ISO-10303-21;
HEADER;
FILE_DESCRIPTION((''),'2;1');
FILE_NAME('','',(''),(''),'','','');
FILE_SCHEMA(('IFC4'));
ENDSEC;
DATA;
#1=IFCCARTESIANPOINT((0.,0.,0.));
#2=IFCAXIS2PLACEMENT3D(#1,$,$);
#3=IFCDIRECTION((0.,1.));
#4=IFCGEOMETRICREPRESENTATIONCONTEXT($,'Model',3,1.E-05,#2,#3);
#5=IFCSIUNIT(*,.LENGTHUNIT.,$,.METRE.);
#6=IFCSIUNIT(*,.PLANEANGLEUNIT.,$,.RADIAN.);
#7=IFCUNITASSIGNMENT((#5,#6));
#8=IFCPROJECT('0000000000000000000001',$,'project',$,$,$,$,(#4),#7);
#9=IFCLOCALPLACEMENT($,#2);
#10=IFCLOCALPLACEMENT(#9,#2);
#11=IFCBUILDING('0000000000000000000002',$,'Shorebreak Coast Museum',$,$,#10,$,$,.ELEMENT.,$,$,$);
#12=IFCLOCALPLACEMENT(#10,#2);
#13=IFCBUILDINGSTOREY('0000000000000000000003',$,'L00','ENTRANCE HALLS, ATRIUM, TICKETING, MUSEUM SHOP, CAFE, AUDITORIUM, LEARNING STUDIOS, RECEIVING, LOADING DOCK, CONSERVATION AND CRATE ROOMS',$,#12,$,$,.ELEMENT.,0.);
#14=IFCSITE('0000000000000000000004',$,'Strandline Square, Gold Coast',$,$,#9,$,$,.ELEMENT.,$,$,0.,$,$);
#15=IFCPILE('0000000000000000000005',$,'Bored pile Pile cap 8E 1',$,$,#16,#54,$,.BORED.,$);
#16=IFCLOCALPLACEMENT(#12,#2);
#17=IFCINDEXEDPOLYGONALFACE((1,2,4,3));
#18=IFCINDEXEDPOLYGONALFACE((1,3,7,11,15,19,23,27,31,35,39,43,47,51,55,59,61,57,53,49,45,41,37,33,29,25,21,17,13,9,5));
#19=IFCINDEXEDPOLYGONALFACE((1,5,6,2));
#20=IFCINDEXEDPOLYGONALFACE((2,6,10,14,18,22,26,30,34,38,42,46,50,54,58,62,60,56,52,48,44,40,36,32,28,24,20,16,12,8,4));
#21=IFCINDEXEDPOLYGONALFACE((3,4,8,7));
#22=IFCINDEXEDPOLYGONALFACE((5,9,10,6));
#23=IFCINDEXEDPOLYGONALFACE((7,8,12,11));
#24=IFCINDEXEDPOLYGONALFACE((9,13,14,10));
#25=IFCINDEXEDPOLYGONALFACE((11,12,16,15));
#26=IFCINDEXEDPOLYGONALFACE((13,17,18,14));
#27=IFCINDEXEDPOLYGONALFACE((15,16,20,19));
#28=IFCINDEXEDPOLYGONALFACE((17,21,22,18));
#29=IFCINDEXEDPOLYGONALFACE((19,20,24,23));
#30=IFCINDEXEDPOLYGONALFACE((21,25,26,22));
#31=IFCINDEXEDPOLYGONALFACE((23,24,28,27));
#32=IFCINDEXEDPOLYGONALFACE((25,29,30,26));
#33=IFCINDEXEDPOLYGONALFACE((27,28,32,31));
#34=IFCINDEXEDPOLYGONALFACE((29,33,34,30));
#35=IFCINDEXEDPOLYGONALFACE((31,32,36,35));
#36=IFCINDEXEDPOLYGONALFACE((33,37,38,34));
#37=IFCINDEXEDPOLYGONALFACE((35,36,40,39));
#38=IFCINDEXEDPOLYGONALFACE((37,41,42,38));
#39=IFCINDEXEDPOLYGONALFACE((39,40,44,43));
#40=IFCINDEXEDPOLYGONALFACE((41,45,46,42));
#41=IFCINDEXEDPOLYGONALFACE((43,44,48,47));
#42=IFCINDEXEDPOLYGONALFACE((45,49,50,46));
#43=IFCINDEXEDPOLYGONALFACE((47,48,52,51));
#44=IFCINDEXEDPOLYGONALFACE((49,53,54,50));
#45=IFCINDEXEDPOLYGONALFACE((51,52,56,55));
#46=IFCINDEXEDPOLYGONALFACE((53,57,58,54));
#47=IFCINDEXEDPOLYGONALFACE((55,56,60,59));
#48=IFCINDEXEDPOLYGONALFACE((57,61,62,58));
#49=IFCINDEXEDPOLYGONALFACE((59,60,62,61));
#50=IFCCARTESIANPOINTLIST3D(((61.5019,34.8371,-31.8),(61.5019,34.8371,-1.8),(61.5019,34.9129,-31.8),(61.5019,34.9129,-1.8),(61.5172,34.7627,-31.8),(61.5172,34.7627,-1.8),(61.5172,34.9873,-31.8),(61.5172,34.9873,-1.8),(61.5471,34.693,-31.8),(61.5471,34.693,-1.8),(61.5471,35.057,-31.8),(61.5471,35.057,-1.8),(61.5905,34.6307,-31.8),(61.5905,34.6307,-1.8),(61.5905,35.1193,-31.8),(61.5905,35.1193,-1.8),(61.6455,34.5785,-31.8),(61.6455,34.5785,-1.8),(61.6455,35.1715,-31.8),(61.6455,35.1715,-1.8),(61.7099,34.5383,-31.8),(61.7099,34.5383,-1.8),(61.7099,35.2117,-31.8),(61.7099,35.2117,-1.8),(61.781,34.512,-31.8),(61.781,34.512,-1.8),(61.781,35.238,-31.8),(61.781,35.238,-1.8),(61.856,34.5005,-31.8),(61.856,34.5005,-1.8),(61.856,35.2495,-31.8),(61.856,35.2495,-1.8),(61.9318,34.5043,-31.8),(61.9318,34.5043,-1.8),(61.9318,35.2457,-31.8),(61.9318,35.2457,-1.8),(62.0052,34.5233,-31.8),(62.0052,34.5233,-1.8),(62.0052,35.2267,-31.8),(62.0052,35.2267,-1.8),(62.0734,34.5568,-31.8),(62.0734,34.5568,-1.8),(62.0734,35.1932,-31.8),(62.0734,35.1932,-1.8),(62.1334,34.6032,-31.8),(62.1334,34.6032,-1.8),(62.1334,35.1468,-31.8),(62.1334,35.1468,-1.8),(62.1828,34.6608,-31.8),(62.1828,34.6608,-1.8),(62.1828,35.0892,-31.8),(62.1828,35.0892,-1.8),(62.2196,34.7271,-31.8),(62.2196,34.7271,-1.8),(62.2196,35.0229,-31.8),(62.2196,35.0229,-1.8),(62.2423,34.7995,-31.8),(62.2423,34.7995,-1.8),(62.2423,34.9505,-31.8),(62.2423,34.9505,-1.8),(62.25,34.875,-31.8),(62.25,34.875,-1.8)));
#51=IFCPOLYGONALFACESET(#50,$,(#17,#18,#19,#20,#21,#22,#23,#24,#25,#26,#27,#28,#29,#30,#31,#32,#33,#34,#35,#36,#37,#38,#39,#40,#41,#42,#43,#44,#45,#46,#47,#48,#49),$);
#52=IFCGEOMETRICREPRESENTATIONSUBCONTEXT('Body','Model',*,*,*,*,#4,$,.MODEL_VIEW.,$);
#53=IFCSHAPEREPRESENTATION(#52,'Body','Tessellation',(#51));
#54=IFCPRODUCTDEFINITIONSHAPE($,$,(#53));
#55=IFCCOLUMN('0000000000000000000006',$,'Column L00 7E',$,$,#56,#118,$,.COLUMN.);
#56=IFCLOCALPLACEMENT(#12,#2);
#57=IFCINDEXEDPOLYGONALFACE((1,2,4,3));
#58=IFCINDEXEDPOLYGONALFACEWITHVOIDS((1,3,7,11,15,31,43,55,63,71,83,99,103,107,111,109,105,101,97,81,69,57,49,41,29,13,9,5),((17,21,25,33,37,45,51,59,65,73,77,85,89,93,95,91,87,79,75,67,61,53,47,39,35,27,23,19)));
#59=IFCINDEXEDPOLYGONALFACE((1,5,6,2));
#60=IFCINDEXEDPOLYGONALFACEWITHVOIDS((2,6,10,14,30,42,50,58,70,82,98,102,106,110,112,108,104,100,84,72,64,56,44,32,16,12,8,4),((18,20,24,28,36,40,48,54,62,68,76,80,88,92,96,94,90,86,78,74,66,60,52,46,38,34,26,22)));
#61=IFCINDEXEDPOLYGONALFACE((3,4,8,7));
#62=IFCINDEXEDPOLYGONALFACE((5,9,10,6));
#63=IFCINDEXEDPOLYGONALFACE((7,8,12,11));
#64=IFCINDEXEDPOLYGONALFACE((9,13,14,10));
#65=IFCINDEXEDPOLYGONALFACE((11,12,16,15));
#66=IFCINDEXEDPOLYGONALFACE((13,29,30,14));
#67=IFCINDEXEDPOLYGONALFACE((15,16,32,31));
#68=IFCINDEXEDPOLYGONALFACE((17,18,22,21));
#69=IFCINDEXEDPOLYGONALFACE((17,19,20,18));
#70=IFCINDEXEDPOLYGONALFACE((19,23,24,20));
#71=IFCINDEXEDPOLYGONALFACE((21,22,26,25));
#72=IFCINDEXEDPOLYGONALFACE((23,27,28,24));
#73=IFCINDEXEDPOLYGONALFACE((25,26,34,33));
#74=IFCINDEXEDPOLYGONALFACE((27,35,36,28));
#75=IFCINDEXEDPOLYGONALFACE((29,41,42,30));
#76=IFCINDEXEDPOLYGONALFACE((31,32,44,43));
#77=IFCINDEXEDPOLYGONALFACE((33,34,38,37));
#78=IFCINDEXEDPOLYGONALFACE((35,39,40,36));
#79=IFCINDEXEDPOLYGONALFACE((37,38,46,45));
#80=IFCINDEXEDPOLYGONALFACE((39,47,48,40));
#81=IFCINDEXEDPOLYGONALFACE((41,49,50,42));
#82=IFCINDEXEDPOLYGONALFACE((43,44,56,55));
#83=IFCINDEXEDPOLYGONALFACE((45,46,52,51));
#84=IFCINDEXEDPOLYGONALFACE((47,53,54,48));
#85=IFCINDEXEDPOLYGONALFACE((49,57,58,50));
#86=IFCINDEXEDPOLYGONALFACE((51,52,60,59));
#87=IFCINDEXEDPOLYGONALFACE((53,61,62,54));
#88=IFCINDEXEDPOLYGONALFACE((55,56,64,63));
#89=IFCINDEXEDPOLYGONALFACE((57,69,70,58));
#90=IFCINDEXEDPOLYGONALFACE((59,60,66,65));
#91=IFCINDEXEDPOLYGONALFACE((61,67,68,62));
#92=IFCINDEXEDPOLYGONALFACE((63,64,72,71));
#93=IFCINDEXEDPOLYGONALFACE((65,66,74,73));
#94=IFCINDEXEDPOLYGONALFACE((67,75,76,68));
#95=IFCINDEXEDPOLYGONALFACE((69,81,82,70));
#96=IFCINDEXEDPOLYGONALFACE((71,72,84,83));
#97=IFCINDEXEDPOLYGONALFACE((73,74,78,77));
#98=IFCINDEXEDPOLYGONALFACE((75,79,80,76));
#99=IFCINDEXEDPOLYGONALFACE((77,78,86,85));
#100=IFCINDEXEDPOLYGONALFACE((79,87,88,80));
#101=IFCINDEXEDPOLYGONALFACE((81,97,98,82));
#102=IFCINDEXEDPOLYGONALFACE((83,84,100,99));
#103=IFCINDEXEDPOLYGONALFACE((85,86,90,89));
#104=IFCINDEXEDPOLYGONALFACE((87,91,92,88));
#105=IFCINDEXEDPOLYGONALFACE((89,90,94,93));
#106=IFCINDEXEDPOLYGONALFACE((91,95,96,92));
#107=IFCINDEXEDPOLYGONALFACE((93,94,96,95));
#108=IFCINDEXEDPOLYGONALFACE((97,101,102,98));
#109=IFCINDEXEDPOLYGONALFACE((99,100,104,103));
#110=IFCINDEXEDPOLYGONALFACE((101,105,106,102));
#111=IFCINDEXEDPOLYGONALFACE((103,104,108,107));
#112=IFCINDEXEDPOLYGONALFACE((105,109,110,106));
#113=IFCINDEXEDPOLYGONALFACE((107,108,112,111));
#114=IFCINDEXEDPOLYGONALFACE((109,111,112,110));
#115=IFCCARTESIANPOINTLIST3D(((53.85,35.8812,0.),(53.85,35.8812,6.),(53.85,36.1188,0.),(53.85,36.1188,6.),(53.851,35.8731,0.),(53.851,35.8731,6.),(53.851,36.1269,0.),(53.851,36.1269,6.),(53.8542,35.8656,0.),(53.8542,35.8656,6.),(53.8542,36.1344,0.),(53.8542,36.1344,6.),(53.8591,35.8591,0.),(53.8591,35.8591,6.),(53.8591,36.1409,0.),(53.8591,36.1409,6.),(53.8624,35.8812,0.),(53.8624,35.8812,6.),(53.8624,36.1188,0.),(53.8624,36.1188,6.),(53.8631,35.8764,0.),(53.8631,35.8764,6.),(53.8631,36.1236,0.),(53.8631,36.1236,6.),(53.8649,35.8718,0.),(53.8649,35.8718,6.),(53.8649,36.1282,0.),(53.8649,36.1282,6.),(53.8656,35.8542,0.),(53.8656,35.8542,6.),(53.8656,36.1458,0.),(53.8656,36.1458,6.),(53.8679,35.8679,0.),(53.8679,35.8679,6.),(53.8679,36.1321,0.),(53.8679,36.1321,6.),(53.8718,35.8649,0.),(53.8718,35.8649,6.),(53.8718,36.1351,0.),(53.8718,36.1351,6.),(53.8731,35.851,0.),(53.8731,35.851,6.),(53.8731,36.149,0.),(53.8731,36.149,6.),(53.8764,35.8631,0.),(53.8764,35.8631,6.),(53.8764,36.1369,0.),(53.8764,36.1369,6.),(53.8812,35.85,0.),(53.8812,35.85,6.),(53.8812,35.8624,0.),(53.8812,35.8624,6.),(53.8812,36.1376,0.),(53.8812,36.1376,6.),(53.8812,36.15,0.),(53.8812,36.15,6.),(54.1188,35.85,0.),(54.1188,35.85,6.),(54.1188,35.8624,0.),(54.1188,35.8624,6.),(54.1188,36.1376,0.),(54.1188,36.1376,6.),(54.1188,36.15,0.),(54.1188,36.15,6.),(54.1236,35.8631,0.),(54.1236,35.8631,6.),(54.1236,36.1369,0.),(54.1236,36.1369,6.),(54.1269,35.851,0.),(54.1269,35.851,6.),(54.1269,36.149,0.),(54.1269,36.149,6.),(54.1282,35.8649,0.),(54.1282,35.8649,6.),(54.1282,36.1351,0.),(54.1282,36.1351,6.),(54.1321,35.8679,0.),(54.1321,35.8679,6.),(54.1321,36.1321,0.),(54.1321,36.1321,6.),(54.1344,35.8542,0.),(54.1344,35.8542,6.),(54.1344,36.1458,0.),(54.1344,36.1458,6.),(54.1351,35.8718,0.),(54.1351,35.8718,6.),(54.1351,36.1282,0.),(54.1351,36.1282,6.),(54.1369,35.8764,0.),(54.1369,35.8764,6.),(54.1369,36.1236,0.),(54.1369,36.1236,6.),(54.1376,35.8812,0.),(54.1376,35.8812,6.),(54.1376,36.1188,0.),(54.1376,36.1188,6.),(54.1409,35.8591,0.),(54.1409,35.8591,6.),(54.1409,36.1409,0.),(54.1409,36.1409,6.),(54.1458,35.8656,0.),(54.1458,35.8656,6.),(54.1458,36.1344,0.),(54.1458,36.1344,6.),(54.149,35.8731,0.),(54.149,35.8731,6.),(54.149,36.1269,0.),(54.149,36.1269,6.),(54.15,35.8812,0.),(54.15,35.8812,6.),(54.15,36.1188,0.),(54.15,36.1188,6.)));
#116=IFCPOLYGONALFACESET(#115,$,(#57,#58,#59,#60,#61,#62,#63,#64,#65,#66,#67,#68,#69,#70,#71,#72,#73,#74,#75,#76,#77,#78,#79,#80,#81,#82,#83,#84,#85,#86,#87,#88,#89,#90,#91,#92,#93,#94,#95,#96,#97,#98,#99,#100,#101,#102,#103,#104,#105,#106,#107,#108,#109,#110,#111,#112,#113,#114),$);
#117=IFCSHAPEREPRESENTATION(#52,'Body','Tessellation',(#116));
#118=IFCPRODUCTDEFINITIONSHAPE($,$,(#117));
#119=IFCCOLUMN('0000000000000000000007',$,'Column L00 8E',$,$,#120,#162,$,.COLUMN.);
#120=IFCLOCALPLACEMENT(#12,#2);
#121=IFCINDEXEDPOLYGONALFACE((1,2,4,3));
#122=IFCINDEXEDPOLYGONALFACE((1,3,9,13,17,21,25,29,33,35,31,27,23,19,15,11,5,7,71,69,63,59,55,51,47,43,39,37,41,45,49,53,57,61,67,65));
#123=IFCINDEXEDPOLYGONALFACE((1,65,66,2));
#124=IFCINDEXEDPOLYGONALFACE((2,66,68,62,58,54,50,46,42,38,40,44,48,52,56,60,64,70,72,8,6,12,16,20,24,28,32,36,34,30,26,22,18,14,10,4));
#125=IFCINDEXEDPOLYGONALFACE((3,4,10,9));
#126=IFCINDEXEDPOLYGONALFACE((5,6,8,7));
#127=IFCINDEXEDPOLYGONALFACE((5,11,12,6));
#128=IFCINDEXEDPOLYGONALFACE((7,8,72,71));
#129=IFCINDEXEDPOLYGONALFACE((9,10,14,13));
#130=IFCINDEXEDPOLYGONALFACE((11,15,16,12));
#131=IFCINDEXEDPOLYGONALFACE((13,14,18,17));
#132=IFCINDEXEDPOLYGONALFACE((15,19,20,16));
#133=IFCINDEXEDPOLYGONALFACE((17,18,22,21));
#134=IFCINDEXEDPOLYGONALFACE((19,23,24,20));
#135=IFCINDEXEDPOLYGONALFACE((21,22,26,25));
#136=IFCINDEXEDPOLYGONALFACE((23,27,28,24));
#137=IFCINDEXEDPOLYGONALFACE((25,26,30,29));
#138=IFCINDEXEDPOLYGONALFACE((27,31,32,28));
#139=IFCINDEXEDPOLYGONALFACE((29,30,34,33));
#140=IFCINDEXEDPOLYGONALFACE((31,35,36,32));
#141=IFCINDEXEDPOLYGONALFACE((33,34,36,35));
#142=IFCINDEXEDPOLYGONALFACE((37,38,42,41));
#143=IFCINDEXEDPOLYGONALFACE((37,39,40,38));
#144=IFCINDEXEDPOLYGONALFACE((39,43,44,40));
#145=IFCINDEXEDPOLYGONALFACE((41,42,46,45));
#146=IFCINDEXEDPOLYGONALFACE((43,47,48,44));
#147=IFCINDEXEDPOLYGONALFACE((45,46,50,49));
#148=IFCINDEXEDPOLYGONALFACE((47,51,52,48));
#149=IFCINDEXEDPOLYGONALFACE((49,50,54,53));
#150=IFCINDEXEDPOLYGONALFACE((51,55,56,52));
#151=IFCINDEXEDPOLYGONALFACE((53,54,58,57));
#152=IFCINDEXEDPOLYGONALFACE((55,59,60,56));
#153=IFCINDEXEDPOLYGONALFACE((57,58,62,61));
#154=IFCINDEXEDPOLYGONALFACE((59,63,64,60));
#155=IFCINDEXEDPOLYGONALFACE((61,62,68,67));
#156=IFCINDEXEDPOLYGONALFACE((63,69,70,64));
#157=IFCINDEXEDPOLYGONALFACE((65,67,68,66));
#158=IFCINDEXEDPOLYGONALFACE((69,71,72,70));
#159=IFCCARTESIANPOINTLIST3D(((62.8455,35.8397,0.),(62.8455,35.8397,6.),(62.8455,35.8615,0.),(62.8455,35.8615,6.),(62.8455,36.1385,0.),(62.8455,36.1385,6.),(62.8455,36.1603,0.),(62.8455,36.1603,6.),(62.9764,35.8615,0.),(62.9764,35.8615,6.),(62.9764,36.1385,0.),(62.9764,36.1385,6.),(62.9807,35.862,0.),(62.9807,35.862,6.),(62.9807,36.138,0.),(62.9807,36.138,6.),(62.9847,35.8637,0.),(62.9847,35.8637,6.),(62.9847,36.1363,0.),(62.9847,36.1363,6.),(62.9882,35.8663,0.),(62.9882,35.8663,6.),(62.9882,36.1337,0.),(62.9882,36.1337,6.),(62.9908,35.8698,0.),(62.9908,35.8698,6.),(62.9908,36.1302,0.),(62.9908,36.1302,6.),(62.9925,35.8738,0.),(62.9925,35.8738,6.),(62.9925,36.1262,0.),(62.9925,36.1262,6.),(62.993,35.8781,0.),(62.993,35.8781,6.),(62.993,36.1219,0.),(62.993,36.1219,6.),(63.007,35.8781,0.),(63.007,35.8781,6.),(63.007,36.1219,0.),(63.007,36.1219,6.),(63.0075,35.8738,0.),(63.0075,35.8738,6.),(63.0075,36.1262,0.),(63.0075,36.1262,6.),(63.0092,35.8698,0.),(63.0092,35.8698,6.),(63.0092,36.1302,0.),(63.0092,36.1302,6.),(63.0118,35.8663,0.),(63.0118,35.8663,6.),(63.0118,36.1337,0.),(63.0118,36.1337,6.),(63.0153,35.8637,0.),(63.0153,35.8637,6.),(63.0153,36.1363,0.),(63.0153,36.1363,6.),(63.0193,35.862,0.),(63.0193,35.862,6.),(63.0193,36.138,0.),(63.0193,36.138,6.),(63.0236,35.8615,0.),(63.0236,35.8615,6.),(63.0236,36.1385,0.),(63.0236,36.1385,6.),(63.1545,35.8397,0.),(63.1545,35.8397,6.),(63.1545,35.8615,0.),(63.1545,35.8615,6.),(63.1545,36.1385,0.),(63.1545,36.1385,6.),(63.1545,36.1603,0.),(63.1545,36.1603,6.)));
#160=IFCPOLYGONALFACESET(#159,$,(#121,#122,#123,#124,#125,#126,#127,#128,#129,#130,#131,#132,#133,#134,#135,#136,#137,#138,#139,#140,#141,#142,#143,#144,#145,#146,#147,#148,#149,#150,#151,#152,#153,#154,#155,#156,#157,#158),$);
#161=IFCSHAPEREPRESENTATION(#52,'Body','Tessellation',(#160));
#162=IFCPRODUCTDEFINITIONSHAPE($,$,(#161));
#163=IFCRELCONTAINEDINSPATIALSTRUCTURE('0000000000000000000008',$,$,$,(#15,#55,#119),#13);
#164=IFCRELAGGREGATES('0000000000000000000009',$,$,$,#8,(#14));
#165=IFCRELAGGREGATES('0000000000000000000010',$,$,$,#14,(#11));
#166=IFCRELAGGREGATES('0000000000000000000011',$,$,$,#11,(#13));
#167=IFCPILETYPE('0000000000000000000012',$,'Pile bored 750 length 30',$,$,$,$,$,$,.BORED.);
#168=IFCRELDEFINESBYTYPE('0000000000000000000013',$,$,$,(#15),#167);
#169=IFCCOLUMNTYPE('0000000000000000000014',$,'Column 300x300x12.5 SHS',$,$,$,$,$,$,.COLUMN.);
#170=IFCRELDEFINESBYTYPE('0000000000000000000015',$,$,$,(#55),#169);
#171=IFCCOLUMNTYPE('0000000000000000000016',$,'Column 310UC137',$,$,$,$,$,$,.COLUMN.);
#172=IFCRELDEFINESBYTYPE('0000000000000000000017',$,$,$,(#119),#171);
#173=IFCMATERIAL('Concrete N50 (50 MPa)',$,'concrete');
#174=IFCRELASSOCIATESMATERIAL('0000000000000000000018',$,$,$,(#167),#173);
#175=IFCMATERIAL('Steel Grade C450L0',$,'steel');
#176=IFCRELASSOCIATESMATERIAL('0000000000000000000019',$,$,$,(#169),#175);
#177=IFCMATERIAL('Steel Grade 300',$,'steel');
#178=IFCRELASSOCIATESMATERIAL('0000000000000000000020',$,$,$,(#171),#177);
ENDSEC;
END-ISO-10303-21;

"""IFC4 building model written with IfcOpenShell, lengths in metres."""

from ifc_helpers import new_model, si_unit, direction, frame, origin, origin_2d, place, context, subcontext, project, spatial, hollow_rectangle, circle, i_section, extrude, material, material_profile, profile_set, type_object, element, save


model = new_model("IFC4")

# Units and contexts
model_context = context("Model", 3, precision=1e-05, world=origin(), true_north=direction((0.0, 1.0)))
body_context = subcontext(model_context, "Body", "Model", "MODEL_VIEW")
ifc_project = project(units=[si_unit("LENGTHUNIT", "METRE"), si_unit("PLANEANGLEUNIT", "RADIAN")], contexts=[model_context])

# Site, building, storey
site_placement = place(None, origin())
site = spatial("IfcSite", under=ifc_project, at=site_placement, Name="Strandline Square, Gold Coast", CompositionType="ELEMENT", RefElevation=0.0)
building_placement = place(site_placement, origin())
building = spatial("IfcBuilding", under=site, at=building_placement, Name="Shorebreak Coast Museum", CompositionType="ELEMENT")
storey_placement = place(building_placement, origin())
storey = spatial("IfcBuildingStorey", under=building, at=storey_placement, Name="L00", Description="ENTRANCE HALLS, ATRIUM, TICKETING, MUSEUM SHOP, CAFE, AUDITORIUM, LEARNING STUDIOS, RECEIVING, LOADING DOCK, CONSERVATION AND CRATE ROOMS", CompositionType="ELEMENT", Elevation=0.0)

# Pile
ifc_material_1 = material(Name="Concrete N50 (50 MPa)", Category="concrete")
ifc_material_profile_1 = material_profile(ifc_material_1, circle(Radius=0.375, at=origin_2d()), Name="Pile bored 750 length 30")
ifc_profile_set_1 = profile_set([ifc_material_profile_1], Name="Concrete N50 (50 MPa)")
pile_type_1 = type_object("IfcPileType", Name="Pile bored 750 length 30", PredefinedType="BORED", material=ifc_profile_set_1)
for number, where, z_axis, x_axis, name in (
    (1, (61.875, 34.875, -1.8), (0.0, 0.0, -1.0), (1.0, 0.0, 0.0), "Bored pile Pile cap 8E 1"),
):
    element("IfcPile", number, at=place(storey_placement, frame(where, z_axis=z_axis, x_axis=x_axis)), inside=storey, type_object=pile_type_1, Name=name, PredefinedType="BORED", context=body_context, shape_type="SweptSolid", body=[
        extrude(circle(Radius=0.375, at=origin_2d()), origin(), (0.0, 0.0, 1.0), 30.0),
    ])

# Columns
ifc_material_2 = material(Name="Steel Grade C450L0", Category="steel")
ifc_material_profile_2 = material_profile(ifc_material_2, hollow_rectangle(XDim=0.3, YDim=0.3, WallThickness=0.0125, InnerFilletRadius=0.0188, OuterFilletRadius=0.0312, at=origin_2d()), Name="300x300x12.5 SHS")
ifc_profile_set_2 = profile_set([ifc_material_profile_2], Name="Steel Grade C450L0")
column_type_1 = type_object("IfcColumnType", Name="Column 300x300x12.5 SHS", PredefinedType="COLUMN", material=ifc_profile_set_2)
column_1_placement = place(storey_placement, frame((54.0, 36.0, 0.0), z_axis=(0.0, 0.0, 1.0), x_axis=(1.0, 0.0, 0.0)))
element("IfcColumn", 2, at=column_1_placement, inside=storey, type_object=column_type_1, Name="Column L00 7E", PredefinedType="COLUMN", context=body_context, shape_type="SweptSolid", body=[
    extrude(hollow_rectangle(XDim=0.3, YDim=0.3, WallThickness=0.0125, InnerFilletRadius=0.0188, OuterFilletRadius=0.0312, at=origin_2d()), origin(), (0.0, 0.0, 1.0), 6.0),
])
ifc_material_3 = material(Name="Steel Grade 300", Category="steel")
ifc_material_profile_3 = material_profile(ifc_material_3, i_section(OverallWidth=0.3091, OverallDepth=0.3206, WebThickness=0.0139, FlangeThickness=0.0217, FilletRadius=0.0166, at=origin_2d()), Name="310UC137")
ifc_profile_set_3 = profile_set([ifc_material_profile_3], Name="Steel Grade 300")
column_type_2 = type_object("IfcColumnType", Name="Column 310UC137", PredefinedType="COLUMN", material=ifc_profile_set_3)
column_2_placement = place(storey_placement, frame((63.0, 36.0, 0.0), z_axis=(0.0, 0.0, 1.0), x_axis=(1.0, 0.0, 0.0)))
element("IfcColumn", 3, at=column_2_placement, inside=storey, type_object=column_type_2, Name="Column L00 8E", PredefinedType="COLUMN", context=body_context, shape_type="SweptSolid", body=[
    extrude(i_section(OverallWidth=0.3091, OverallDepth=0.3206, WebThickness=0.0139, FlangeThickness=0.0217, FilletRadius=0.0166, at=origin_2d()), origin(), (0.0, 0.0, 1.0), 6.0),
])

save(model, "model.ifc")
